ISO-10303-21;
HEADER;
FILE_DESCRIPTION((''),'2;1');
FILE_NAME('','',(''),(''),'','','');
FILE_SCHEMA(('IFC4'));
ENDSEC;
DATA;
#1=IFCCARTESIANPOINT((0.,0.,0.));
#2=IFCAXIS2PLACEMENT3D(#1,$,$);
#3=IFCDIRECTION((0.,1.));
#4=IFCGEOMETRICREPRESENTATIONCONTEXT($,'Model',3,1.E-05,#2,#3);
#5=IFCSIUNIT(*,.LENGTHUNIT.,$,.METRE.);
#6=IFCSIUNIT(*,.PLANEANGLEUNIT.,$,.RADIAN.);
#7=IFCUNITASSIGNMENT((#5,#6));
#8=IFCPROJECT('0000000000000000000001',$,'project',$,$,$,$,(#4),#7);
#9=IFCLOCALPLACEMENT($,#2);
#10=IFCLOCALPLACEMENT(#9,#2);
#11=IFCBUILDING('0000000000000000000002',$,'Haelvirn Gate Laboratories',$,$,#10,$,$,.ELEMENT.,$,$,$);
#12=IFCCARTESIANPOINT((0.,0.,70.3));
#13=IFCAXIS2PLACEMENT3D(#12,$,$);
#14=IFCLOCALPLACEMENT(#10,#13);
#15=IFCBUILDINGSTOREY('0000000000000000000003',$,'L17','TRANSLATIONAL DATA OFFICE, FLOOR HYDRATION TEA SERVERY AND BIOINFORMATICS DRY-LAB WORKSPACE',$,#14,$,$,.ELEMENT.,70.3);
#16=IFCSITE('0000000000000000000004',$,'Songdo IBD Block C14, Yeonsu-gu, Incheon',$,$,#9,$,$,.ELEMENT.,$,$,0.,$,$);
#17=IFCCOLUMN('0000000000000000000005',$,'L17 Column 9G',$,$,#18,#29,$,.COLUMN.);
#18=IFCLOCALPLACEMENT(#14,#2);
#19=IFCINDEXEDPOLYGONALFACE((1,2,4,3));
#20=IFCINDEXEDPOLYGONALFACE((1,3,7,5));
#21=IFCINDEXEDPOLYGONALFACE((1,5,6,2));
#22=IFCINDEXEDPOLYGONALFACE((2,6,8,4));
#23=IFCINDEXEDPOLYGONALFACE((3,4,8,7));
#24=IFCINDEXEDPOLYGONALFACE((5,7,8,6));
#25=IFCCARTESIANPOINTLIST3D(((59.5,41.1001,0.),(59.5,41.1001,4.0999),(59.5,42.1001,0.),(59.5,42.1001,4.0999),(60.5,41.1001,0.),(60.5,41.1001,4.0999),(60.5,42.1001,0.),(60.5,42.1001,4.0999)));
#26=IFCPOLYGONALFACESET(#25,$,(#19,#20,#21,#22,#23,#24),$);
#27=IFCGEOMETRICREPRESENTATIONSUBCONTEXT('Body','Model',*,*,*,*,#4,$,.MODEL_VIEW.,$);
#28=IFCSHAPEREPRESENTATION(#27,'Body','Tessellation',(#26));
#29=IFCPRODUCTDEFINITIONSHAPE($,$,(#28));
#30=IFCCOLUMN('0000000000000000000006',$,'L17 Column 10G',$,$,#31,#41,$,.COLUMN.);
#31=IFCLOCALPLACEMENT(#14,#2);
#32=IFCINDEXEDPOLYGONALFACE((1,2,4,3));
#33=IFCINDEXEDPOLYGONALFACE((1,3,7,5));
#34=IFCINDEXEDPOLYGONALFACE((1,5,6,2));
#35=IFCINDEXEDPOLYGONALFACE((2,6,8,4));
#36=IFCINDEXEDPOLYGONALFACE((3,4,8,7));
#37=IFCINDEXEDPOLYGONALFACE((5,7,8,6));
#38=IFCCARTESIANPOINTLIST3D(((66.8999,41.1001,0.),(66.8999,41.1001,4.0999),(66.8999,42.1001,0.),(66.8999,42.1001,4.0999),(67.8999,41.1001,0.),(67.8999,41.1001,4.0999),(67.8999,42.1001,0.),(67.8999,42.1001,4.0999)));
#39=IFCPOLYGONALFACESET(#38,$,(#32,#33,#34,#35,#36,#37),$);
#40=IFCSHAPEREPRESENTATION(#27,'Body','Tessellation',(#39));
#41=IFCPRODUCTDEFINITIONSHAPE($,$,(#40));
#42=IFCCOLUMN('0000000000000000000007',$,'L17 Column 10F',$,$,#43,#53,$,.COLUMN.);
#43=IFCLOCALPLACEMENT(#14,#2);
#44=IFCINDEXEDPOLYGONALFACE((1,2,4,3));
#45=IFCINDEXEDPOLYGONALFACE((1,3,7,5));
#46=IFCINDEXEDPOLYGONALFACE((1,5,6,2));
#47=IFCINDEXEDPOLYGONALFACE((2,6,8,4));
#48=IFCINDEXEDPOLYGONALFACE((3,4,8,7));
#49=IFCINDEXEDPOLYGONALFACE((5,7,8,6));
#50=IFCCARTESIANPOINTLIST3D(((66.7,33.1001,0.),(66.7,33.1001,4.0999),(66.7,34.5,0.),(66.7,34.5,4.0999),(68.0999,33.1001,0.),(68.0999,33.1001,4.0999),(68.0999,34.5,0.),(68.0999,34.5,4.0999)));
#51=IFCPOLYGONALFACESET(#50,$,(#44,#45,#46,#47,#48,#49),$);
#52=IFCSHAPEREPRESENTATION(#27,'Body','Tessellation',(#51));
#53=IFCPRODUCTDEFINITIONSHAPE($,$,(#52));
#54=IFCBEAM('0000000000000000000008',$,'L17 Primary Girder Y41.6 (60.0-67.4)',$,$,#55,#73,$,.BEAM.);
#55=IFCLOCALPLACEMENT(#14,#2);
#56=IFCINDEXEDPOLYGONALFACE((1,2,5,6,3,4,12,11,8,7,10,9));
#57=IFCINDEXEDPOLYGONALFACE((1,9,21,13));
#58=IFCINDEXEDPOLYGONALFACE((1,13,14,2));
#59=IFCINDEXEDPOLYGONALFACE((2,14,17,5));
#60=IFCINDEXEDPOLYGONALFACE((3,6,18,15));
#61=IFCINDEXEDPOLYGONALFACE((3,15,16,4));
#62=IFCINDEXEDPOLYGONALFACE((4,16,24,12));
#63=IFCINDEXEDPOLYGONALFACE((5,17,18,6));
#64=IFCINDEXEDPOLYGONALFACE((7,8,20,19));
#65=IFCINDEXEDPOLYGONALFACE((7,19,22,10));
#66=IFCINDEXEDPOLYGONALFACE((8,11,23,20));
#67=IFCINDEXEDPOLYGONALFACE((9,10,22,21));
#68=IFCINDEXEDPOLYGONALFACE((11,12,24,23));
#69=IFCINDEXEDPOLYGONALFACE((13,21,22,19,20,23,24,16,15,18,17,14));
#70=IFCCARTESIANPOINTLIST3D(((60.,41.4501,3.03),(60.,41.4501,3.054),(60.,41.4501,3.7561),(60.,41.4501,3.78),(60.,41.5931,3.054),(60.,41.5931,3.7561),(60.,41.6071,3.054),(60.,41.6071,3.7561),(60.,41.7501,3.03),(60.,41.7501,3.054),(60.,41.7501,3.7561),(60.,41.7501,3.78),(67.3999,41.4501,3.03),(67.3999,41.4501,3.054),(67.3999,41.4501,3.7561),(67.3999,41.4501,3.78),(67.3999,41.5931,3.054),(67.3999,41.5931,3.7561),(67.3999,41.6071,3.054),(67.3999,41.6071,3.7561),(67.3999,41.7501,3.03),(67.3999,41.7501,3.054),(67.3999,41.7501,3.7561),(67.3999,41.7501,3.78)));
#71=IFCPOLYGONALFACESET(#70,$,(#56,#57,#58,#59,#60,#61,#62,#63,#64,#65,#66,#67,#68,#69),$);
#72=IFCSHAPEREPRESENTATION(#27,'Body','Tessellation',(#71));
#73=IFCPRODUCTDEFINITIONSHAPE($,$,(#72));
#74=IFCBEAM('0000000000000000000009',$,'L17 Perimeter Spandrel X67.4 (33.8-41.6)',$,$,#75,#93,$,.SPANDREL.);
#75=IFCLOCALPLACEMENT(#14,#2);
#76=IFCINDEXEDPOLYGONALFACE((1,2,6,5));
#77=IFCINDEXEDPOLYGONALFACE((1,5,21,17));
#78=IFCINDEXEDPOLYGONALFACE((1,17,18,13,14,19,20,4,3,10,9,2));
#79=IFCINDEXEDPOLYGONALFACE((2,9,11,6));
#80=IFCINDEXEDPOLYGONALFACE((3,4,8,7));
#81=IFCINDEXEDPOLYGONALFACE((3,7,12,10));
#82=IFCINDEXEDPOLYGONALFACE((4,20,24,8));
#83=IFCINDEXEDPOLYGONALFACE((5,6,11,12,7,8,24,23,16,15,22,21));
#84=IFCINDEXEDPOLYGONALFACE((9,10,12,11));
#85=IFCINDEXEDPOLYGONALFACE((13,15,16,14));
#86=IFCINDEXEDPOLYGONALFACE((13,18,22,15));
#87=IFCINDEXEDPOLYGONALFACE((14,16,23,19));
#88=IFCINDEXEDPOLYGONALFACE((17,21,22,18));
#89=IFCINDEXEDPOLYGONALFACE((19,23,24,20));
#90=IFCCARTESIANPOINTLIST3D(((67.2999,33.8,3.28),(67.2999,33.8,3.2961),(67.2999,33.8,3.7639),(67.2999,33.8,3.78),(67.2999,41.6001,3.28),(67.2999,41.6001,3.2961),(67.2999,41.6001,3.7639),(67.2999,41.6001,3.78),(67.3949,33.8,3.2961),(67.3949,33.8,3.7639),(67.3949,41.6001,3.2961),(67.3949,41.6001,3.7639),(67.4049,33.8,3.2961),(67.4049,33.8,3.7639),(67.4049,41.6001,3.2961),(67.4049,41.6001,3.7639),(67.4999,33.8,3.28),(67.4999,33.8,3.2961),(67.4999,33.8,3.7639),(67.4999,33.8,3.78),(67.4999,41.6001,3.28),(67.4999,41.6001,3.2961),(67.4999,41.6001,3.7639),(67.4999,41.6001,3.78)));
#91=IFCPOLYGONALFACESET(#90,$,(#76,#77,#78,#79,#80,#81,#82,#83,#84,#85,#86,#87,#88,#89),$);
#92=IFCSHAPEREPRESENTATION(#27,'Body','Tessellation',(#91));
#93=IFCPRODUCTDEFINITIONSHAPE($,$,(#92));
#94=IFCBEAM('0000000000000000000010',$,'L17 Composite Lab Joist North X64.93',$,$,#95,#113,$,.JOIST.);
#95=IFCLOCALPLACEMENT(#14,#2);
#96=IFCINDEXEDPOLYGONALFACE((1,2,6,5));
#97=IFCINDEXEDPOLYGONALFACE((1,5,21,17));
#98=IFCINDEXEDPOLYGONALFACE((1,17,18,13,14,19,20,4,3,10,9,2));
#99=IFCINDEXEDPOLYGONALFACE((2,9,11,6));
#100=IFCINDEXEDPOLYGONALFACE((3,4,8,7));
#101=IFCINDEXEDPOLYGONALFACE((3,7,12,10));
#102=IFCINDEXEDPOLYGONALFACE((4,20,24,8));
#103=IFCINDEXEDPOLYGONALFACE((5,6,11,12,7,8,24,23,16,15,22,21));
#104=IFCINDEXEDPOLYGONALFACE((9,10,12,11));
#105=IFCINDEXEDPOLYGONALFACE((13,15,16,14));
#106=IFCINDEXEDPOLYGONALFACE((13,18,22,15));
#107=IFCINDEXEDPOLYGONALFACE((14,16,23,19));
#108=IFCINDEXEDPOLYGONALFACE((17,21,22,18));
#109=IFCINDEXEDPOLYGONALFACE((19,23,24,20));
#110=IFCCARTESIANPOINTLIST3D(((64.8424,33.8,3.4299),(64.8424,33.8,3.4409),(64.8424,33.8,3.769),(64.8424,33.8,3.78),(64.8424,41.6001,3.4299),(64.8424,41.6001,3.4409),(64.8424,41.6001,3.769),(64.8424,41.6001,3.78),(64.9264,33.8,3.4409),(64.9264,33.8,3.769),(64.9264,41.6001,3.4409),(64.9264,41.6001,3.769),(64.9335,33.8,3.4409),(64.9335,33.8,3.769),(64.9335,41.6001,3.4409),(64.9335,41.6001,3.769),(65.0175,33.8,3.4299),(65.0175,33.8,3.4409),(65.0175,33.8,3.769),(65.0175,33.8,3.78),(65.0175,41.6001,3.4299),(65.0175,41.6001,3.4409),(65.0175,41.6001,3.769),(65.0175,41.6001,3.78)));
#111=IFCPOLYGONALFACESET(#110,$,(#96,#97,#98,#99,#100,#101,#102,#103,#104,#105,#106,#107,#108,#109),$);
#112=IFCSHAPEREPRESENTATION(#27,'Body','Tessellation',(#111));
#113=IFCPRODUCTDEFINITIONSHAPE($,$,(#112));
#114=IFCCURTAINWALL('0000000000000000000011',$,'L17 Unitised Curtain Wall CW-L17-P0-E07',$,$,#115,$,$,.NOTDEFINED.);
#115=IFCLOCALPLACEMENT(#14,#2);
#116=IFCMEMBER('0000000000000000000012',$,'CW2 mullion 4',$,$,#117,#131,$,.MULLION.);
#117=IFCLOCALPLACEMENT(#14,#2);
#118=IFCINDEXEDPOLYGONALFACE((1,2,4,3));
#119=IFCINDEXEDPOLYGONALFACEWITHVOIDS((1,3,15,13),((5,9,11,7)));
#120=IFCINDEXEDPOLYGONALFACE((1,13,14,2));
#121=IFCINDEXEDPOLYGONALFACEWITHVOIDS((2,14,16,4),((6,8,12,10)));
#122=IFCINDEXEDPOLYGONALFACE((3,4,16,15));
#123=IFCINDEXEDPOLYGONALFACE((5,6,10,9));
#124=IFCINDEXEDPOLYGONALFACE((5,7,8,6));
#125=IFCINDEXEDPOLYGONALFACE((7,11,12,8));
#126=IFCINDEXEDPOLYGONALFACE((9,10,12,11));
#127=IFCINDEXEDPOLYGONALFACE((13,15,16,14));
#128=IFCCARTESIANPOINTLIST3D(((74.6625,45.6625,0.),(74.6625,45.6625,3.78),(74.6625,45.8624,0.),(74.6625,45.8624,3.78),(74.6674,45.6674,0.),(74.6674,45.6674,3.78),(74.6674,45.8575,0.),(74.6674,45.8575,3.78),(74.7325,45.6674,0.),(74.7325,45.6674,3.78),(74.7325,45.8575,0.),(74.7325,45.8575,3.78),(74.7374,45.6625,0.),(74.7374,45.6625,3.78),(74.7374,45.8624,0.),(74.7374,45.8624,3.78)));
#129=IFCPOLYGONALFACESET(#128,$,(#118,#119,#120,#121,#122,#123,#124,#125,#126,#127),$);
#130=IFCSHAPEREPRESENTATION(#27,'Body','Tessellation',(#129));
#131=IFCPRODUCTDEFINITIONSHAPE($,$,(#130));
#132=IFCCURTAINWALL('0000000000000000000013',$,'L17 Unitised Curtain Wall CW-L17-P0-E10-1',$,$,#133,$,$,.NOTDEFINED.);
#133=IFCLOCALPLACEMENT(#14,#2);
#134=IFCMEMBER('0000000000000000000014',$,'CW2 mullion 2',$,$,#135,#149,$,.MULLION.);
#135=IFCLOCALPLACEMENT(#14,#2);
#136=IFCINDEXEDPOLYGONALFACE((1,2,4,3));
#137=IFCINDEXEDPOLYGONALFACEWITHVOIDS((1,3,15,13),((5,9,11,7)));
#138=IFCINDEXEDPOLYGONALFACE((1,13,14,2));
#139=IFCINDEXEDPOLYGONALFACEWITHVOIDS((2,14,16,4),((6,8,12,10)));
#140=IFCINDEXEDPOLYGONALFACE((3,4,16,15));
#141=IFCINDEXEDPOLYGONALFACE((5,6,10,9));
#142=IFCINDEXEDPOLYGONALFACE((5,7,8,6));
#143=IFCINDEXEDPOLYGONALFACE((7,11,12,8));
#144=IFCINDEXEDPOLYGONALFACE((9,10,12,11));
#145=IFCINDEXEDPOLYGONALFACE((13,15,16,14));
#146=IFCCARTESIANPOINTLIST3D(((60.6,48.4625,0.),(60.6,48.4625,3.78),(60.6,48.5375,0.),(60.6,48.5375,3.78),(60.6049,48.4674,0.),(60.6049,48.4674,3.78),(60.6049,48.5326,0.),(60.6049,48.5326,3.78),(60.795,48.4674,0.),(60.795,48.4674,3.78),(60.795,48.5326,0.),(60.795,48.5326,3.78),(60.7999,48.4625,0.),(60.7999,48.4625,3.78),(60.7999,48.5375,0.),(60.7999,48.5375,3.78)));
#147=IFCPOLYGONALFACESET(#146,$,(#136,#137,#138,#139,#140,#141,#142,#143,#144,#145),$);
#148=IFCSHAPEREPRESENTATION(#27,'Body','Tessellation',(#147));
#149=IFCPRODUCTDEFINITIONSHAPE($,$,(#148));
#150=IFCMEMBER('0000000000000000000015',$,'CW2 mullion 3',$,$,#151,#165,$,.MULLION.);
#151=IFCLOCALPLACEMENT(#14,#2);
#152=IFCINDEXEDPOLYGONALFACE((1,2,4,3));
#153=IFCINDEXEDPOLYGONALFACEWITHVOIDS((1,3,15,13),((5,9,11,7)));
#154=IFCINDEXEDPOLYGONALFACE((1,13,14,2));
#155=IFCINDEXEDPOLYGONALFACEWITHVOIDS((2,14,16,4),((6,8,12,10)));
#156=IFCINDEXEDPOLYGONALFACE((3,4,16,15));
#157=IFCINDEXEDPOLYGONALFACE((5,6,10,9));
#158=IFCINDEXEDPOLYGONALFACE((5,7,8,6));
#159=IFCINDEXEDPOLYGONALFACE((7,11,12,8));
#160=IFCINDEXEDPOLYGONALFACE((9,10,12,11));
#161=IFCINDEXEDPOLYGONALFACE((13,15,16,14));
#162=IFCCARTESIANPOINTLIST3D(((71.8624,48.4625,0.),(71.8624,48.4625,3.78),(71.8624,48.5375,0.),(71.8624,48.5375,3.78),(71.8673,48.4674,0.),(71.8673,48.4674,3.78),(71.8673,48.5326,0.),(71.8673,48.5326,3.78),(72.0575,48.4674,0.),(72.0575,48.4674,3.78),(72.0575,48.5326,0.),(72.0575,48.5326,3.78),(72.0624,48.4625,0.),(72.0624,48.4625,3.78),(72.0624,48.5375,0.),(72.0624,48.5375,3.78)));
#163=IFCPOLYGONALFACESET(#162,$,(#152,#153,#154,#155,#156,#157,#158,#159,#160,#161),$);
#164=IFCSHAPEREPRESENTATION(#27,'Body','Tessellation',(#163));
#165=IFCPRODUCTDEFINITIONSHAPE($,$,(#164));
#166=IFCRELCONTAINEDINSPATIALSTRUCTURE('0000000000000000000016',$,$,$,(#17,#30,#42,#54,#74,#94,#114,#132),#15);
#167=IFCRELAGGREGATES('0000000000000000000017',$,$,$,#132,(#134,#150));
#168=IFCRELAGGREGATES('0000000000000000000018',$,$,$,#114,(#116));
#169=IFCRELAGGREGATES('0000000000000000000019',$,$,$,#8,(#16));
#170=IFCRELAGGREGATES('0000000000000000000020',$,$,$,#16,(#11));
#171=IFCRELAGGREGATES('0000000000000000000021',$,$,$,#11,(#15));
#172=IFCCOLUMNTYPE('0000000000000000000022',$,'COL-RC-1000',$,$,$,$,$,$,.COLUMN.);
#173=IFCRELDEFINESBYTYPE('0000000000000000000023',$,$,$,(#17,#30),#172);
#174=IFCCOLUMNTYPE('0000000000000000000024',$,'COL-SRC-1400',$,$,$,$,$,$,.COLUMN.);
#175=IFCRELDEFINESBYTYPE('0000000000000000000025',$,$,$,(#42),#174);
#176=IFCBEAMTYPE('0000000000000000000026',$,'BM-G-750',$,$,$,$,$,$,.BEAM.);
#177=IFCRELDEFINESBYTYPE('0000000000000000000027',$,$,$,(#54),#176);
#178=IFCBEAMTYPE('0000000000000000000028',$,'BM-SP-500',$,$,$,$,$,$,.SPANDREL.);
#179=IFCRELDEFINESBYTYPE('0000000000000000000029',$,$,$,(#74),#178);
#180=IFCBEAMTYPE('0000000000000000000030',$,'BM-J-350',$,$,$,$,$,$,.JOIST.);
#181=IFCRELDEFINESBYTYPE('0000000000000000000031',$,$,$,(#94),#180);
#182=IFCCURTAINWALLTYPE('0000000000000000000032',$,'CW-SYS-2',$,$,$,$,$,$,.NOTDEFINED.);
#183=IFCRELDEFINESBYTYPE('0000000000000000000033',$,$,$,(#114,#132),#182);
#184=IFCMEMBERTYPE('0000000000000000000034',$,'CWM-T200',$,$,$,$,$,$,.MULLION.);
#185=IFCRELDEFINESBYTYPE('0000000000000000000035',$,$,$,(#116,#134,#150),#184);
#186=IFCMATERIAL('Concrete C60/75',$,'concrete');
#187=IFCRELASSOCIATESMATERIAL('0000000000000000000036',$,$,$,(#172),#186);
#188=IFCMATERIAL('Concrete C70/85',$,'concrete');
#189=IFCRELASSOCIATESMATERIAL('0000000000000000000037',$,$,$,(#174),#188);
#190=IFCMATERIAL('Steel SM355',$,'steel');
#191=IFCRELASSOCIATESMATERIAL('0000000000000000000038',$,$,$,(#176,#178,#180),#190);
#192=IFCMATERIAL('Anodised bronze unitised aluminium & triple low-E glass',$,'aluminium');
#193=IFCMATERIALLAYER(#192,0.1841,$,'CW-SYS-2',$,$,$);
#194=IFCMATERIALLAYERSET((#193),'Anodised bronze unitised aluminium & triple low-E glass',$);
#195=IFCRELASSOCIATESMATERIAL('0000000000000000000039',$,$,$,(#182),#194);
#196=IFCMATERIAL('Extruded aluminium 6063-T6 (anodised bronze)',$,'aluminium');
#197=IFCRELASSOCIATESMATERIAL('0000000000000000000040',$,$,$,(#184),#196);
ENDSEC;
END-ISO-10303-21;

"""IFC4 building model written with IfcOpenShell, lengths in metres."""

from ifc_helpers import new_model, si_unit, direction, frame, origin, origin_2d, place, context, subcontext, project, spatial, rectangle, hollow_rectangle, i_section, extrude, source, transform, mapped, material, layer, layer_set, material_profile, profile_set, type_object, type_shapes, element, aggregate, save


model = new_model("IFC4")

# Units and contexts
model_context = context("Model", 3, precision=1e-05, world=origin(), true_north=direction((0.0, 1.0)))
body_context = subcontext(model_context, "Body", "Model", "MODEL_VIEW")
ifc_project = project(units=[si_unit("LENGTHUNIT", "METRE"), si_unit("PLANEANGLEUNIT", "RADIAN")], contexts=[model_context])

# Site, building, storey
site_placement = place(None, origin())
site = spatial("IfcSite", under=ifc_project, at=site_placement, Name="Songdo IBD Block C14, Yeonsu-gu, Incheon", CompositionType="ELEMENT", RefElevation=0.0)
building_placement = place(site_placement, origin())
building = spatial("IfcBuilding", under=site, at=building_placement, Name="Haelvirn Gate Laboratories", CompositionType="ELEMENT")
storey_placement = place(building_placement, frame((0.0, 0.0, 70.3)))
storey = spatial("IfcBuildingStorey", under=building, at=storey_placement, Name="L17", Description="TRANSLATIONAL DATA OFFICE, FLOOR HYDRATION TEA SERVERY AND BIOINFORMATICS DRY-LAB WORKSPACE", CompositionType="ELEMENT", Elevation=70.3)

# Columns
ifc_material_1 = material(Name="Concrete C60/75", Category="concrete")
ifc_material_profile_1 = material_profile(ifc_material_1, rectangle(XDim=1.0, YDim=1.0, at=origin_2d()), Name="RC-1000x1000")
ifc_profile_set_1 = profile_set([ifc_material_profile_1], Name="Concrete C60/75")
column_type_1 = type_object("IfcColumnType", Name="COL-RC-1000", PredefinedType="COLUMN", material=ifc_profile_set_1)
shared_shape_1 = source(origin(), body_context, "Body", "SweptSolid", [
    extrude(rectangle(XDim=1.0, YDim=1.0, at=origin_2d()), origin(), (0.0, 0.0, 1.0), 4.0999),
])
type_shapes(column_type_1, [shared_shape_1])
for number, where, z_axis, x_axis, name in (
    (1, (60.0, 41.6001, 0.0), (0.0, 0.0, 1.0), (1.0, 0.0, 0.0), "L17 Column 9G"),
    (2, (67.3999, 41.6001, 0.0), (0.0, 0.0, 1.0), (1.0, 0.0, 0.0), "L17 Column 10G"),
):
    element("IfcColumn", number, at=place(storey_placement, frame(where, z_axis=z_axis, x_axis=x_axis)), inside=storey, type_object=column_type_1, Name=name, PredefinedType="COLUMN", context=body_context, shape_type="MappedRepresentation", body=[
        mapped(shared_shape_1, transform((0.0, 0.0, 0.0), scale=1.0)),
    ])
ifc_material_2 = material(Name="Concrete C70/85", Category="concrete")
ifc_material_profile_2 = material_profile(ifc_material_2, rectangle(XDim=1.3999, YDim=1.3999, at=origin_2d()), Name="SRC-1400x1400")
ifc_profile_set_2 = profile_set([ifc_material_profile_2], Name="Concrete C70/85")
column_type_2 = type_object("IfcColumnType", Name="COL-SRC-1400", PredefinedType="COLUMN", material=ifc_profile_set_2)
shared_shape_2 = source(origin(), body_context, "Body", "SweptSolid", [
    extrude(rectangle(XDim=1.3999, YDim=1.3999, at=origin_2d()), origin(), (0.0, 0.0, 1.0), 4.0999),
])
type_shapes(column_type_2, [shared_shape_2])
column_placement = place(storey_placement, frame((67.3999, 33.8, 0.0), z_axis=(0.0, 0.0, 1.0), x_axis=(1.0, 0.0, 0.0)))
element("IfcColumn", 3, at=column_placement, inside=storey, type_object=column_type_2, Name="L17 Column 10F", PredefinedType="COLUMN", context=body_context, shape_type="MappedRepresentation", body=[
    mapped(shared_shape_2, transform((0.0, 0.0, 0.0), scale=1.0)),
])

# Beams
ifc_material_3 = material(Name="Steel SM355", Category="steel")
ifc_material_profile_3 = material_profile(ifc_material_3, i_section(OverallWidth=0.3, OverallDepth=0.75, WebThickness=0.0139, FlangeThickness=0.0239, at=origin_2d()), Name="H-750x300x14x24")
ifc_profile_set_3 = profile_set([ifc_material_profile_3], Name="Steel SM355")
beam_type_1 = type_object("IfcBeamType", Name="BM-G-750", PredefinedType="BEAM", material=ifc_profile_set_3)
shared_shape_3 = source(origin(), body_context, "Body", "SweptSolid", [
    extrude(i_section(OverallWidth=0.3, OverallDepth=0.75, WebThickness=0.0139, FlangeThickness=0.0239, at=origin_2d()), origin(), (0.0, 0.0, 1.0), 7.3999),
])
type_shapes(beam_type_1, [shared_shape_3])
beam_1_placement = place(storey_placement, frame((60.0, 41.6001, 3.405), z_axis=(1.0, 0.0, 0.0), x_axis=(0.0, 1.0, 0.0)))
element("IfcBeam", 4, at=beam_1_placement, inside=storey, type_object=beam_type_1, Name="L17 Primary Girder Y41.6 (60.0-67.4)", PredefinedType="BEAM", context=body_context, shape_type="MappedRepresentation", body=[
    mapped(shared_shape_3, transform((0.0, 0.0, 0.0), scale=1.0)),
])
ifc_material_profile_4 = material_profile(ifc_material_3, i_section(OverallWidth=0.2, OverallDepth=0.5, WebThickness=0.01, FlangeThickness=0.0161, at=origin_2d()), Name="H-500x200x10x16")
ifc_profile_set_4 = profile_set([ifc_material_profile_4], Name="Steel SM355")
beam_type_2 = type_object("IfcBeamType", Name="BM-SP-500", PredefinedType="SPANDREL", material=ifc_profile_set_4)
shared_shape_4 = source(origin(), body_context, "Body", "SweptSolid", [
    extrude(i_section(OverallWidth=0.2, OverallDepth=0.5, WebThickness=0.01, FlangeThickness=0.0161, at=origin_2d()), origin(), (0.0, 0.0, 1.0), 7.8),
])
type_shapes(beam_type_2, [shared_shape_4])
beam_2_placement = place(storey_placement, frame((67.3999, 33.8, 3.53), z_axis=(0.0, 1.0, 0.0), x_axis=(-1.0, 0.0, 0.0)))
element("IfcBeam", 5, at=beam_2_placement, inside=storey, type_object=beam_type_2, Name="L17 Perimeter Spandrel X67.4 (33.8-41.6)", PredefinedType="SPANDREL", context=body_context, shape_type="MappedRepresentation", body=[
    mapped(shared_shape_4, transform((0.0, 0.0, 0.0), scale=1.0)),
])
ifc_material_profile_5 = material_profile(ifc_material_3, i_section(OverallWidth=0.175, OverallDepth=0.3501, WebThickness=0.0071, FlangeThickness=0.011, at=origin_2d()), Name="H-350x175x7x11")
ifc_profile_set_5 = profile_set([ifc_material_profile_5], Name="Steel SM355")
beam_type_3 = type_object("IfcBeamType", Name="BM-J-350", PredefinedType="JOIST", material=ifc_profile_set_5)
shared_shape_5 = source(origin(), body_context, "Body", "SweptSolid", [
    extrude(i_section(OverallWidth=0.175, OverallDepth=0.3501, WebThickness=0.0071, FlangeThickness=0.011, at=origin_2d()), origin(), (0.0, 0.0, 1.0), 7.8),
])
type_shapes(beam_type_3, [shared_shape_5])
beam_3_placement = place(storey_placement, frame((64.9299, 33.8, 3.605), z_axis=(0.0, 1.0, 0.0), x_axis=(-1.0, 0.0, 0.0)))
element("IfcBeam", 6, at=beam_3_placement, inside=storey, type_object=beam_type_3, Name="L17 Composite Lab Joist North X64.93", PredefinedType="JOIST", context=body_context, shape_type="MappedRepresentation", body=[
    mapped(shared_shape_5, transform((0.0, 0.0, 0.0), scale=1.0)),
])

# Curtain wall, member
ifc_material_4 = material(Name="Anodised bronze unitised aluminium & triple low-E glass", Category="aluminium")
ifc_layer_1 = layer(ifc_material_4, 0.1841, Name="CW-SYS-2")
ifc_layer_set_1 = layer_set([ifc_layer_1], Name="Anodised bronze unitised aluminium & triple low-E glass")
curtain_wall_type_1 = type_object("IfcCurtainWallType", Name="CW-SYS-2", PredefinedType="NOTDEFINED", material=ifc_layer_set_1)
curtain_wall_1_placement = place(storey_placement, origin())
curtain_wall_1 = element("IfcCurtainWall", 7, at=curtain_wall_1_placement, inside=storey, type_object=curtain_wall_type_1, Name="L17 Unitised Curtain Wall CW-L17-P0-E07", PredefinedType="NOTDEFINED")
ifc_material_5 = material(Name="Extruded aluminium 6063-T6 (anodised bronze)", Category="aluminium")
ifc_material_profile_6 = material_profile(ifc_material_5, hollow_rectangle(XDim=0.075, YDim=0.2, WallThickness=0.0049, at=origin_2d()), Name="CWM-200x75x5")
ifc_profile_set_6 = profile_set([ifc_material_profile_6], Name="Extruded aluminium 6063-T6 (anodised bronze)")
member_type_1 = type_object("IfcMemberType", Name="CWM-T200", PredefinedType="MULLION", material=ifc_profile_set_6)
shared_shape_6 = source(origin(), body_context, "Body", "SweptSolid", [
    extrude(hollow_rectangle(XDim=0.075, YDim=0.2, WallThickness=0.0049, at=origin_2d()), origin(), (0.0, 0.0, 1.0), 3.78),
])
type_shapes(member_type_1, [shared_shape_6])
member_1_placement = place(storey_placement, frame((74.7, 45.7625, 0.0), z_axis=(0.0, 0.0, 1.0), x_axis=(-1.0, 0.0, 0.0)))
member_1 = element("IfcMember", 8, at=member_1_placement, type_object=member_type_1, Name="CW2 mullion 4", PredefinedType="MULLION", context=body_context, shape_type="MappedRepresentation", body=[
    mapped(shared_shape_6, transform((0.0, 0.0, 0.0), scale=1.0)),
])

# Curtain wall, members
curtain_wall_2_placement = place(storey_placement, origin())
curtain_wall_2 = element("IfcCurtainWall", 9, at=curtain_wall_2_placement, inside=storey, type_object=curtain_wall_type_1, Name="L17 Unitised Curtain Wall CW-L17-P0-E10-1", PredefinedType="NOTDEFINED")
member_2_placement = place(storey_placement, frame((60.7, 48.5, 0.0), z_axis=(0.0, 0.0, 1.0), x_axis=(0.0, 1.0, 0.0)))
member_2 = element("IfcMember", 10, at=member_2_placement, type_object=member_type_1, Name="CW2 mullion 2", PredefinedType="MULLION", context=body_context, shape_type="MappedRepresentation", body=[
    mapped(shared_shape_6, transform((0.0, 0.0, 0.0), scale=1.0)),
])
member_3_placement = place(storey_placement, frame((71.9624, 48.5, 0.0), z_axis=(0.0, 0.0, 1.0), x_axis=(0.0, 1.0, 0.0)))
member_3 = element("IfcMember", 11, at=member_3_placement, type_object=member_type_1, Name="CW2 mullion 3", PredefinedType="MULLION", context=body_context, shape_type="MappedRepresentation", body=[
    mapped(shared_shape_6, transform((0.0, 0.0, 0.0), scale=1.0)),
])

aggregate(curtain_wall_2, [member_2, member_3])
aggregate(curtain_wall_1, [member_1])

save(model, "model.ifc")
